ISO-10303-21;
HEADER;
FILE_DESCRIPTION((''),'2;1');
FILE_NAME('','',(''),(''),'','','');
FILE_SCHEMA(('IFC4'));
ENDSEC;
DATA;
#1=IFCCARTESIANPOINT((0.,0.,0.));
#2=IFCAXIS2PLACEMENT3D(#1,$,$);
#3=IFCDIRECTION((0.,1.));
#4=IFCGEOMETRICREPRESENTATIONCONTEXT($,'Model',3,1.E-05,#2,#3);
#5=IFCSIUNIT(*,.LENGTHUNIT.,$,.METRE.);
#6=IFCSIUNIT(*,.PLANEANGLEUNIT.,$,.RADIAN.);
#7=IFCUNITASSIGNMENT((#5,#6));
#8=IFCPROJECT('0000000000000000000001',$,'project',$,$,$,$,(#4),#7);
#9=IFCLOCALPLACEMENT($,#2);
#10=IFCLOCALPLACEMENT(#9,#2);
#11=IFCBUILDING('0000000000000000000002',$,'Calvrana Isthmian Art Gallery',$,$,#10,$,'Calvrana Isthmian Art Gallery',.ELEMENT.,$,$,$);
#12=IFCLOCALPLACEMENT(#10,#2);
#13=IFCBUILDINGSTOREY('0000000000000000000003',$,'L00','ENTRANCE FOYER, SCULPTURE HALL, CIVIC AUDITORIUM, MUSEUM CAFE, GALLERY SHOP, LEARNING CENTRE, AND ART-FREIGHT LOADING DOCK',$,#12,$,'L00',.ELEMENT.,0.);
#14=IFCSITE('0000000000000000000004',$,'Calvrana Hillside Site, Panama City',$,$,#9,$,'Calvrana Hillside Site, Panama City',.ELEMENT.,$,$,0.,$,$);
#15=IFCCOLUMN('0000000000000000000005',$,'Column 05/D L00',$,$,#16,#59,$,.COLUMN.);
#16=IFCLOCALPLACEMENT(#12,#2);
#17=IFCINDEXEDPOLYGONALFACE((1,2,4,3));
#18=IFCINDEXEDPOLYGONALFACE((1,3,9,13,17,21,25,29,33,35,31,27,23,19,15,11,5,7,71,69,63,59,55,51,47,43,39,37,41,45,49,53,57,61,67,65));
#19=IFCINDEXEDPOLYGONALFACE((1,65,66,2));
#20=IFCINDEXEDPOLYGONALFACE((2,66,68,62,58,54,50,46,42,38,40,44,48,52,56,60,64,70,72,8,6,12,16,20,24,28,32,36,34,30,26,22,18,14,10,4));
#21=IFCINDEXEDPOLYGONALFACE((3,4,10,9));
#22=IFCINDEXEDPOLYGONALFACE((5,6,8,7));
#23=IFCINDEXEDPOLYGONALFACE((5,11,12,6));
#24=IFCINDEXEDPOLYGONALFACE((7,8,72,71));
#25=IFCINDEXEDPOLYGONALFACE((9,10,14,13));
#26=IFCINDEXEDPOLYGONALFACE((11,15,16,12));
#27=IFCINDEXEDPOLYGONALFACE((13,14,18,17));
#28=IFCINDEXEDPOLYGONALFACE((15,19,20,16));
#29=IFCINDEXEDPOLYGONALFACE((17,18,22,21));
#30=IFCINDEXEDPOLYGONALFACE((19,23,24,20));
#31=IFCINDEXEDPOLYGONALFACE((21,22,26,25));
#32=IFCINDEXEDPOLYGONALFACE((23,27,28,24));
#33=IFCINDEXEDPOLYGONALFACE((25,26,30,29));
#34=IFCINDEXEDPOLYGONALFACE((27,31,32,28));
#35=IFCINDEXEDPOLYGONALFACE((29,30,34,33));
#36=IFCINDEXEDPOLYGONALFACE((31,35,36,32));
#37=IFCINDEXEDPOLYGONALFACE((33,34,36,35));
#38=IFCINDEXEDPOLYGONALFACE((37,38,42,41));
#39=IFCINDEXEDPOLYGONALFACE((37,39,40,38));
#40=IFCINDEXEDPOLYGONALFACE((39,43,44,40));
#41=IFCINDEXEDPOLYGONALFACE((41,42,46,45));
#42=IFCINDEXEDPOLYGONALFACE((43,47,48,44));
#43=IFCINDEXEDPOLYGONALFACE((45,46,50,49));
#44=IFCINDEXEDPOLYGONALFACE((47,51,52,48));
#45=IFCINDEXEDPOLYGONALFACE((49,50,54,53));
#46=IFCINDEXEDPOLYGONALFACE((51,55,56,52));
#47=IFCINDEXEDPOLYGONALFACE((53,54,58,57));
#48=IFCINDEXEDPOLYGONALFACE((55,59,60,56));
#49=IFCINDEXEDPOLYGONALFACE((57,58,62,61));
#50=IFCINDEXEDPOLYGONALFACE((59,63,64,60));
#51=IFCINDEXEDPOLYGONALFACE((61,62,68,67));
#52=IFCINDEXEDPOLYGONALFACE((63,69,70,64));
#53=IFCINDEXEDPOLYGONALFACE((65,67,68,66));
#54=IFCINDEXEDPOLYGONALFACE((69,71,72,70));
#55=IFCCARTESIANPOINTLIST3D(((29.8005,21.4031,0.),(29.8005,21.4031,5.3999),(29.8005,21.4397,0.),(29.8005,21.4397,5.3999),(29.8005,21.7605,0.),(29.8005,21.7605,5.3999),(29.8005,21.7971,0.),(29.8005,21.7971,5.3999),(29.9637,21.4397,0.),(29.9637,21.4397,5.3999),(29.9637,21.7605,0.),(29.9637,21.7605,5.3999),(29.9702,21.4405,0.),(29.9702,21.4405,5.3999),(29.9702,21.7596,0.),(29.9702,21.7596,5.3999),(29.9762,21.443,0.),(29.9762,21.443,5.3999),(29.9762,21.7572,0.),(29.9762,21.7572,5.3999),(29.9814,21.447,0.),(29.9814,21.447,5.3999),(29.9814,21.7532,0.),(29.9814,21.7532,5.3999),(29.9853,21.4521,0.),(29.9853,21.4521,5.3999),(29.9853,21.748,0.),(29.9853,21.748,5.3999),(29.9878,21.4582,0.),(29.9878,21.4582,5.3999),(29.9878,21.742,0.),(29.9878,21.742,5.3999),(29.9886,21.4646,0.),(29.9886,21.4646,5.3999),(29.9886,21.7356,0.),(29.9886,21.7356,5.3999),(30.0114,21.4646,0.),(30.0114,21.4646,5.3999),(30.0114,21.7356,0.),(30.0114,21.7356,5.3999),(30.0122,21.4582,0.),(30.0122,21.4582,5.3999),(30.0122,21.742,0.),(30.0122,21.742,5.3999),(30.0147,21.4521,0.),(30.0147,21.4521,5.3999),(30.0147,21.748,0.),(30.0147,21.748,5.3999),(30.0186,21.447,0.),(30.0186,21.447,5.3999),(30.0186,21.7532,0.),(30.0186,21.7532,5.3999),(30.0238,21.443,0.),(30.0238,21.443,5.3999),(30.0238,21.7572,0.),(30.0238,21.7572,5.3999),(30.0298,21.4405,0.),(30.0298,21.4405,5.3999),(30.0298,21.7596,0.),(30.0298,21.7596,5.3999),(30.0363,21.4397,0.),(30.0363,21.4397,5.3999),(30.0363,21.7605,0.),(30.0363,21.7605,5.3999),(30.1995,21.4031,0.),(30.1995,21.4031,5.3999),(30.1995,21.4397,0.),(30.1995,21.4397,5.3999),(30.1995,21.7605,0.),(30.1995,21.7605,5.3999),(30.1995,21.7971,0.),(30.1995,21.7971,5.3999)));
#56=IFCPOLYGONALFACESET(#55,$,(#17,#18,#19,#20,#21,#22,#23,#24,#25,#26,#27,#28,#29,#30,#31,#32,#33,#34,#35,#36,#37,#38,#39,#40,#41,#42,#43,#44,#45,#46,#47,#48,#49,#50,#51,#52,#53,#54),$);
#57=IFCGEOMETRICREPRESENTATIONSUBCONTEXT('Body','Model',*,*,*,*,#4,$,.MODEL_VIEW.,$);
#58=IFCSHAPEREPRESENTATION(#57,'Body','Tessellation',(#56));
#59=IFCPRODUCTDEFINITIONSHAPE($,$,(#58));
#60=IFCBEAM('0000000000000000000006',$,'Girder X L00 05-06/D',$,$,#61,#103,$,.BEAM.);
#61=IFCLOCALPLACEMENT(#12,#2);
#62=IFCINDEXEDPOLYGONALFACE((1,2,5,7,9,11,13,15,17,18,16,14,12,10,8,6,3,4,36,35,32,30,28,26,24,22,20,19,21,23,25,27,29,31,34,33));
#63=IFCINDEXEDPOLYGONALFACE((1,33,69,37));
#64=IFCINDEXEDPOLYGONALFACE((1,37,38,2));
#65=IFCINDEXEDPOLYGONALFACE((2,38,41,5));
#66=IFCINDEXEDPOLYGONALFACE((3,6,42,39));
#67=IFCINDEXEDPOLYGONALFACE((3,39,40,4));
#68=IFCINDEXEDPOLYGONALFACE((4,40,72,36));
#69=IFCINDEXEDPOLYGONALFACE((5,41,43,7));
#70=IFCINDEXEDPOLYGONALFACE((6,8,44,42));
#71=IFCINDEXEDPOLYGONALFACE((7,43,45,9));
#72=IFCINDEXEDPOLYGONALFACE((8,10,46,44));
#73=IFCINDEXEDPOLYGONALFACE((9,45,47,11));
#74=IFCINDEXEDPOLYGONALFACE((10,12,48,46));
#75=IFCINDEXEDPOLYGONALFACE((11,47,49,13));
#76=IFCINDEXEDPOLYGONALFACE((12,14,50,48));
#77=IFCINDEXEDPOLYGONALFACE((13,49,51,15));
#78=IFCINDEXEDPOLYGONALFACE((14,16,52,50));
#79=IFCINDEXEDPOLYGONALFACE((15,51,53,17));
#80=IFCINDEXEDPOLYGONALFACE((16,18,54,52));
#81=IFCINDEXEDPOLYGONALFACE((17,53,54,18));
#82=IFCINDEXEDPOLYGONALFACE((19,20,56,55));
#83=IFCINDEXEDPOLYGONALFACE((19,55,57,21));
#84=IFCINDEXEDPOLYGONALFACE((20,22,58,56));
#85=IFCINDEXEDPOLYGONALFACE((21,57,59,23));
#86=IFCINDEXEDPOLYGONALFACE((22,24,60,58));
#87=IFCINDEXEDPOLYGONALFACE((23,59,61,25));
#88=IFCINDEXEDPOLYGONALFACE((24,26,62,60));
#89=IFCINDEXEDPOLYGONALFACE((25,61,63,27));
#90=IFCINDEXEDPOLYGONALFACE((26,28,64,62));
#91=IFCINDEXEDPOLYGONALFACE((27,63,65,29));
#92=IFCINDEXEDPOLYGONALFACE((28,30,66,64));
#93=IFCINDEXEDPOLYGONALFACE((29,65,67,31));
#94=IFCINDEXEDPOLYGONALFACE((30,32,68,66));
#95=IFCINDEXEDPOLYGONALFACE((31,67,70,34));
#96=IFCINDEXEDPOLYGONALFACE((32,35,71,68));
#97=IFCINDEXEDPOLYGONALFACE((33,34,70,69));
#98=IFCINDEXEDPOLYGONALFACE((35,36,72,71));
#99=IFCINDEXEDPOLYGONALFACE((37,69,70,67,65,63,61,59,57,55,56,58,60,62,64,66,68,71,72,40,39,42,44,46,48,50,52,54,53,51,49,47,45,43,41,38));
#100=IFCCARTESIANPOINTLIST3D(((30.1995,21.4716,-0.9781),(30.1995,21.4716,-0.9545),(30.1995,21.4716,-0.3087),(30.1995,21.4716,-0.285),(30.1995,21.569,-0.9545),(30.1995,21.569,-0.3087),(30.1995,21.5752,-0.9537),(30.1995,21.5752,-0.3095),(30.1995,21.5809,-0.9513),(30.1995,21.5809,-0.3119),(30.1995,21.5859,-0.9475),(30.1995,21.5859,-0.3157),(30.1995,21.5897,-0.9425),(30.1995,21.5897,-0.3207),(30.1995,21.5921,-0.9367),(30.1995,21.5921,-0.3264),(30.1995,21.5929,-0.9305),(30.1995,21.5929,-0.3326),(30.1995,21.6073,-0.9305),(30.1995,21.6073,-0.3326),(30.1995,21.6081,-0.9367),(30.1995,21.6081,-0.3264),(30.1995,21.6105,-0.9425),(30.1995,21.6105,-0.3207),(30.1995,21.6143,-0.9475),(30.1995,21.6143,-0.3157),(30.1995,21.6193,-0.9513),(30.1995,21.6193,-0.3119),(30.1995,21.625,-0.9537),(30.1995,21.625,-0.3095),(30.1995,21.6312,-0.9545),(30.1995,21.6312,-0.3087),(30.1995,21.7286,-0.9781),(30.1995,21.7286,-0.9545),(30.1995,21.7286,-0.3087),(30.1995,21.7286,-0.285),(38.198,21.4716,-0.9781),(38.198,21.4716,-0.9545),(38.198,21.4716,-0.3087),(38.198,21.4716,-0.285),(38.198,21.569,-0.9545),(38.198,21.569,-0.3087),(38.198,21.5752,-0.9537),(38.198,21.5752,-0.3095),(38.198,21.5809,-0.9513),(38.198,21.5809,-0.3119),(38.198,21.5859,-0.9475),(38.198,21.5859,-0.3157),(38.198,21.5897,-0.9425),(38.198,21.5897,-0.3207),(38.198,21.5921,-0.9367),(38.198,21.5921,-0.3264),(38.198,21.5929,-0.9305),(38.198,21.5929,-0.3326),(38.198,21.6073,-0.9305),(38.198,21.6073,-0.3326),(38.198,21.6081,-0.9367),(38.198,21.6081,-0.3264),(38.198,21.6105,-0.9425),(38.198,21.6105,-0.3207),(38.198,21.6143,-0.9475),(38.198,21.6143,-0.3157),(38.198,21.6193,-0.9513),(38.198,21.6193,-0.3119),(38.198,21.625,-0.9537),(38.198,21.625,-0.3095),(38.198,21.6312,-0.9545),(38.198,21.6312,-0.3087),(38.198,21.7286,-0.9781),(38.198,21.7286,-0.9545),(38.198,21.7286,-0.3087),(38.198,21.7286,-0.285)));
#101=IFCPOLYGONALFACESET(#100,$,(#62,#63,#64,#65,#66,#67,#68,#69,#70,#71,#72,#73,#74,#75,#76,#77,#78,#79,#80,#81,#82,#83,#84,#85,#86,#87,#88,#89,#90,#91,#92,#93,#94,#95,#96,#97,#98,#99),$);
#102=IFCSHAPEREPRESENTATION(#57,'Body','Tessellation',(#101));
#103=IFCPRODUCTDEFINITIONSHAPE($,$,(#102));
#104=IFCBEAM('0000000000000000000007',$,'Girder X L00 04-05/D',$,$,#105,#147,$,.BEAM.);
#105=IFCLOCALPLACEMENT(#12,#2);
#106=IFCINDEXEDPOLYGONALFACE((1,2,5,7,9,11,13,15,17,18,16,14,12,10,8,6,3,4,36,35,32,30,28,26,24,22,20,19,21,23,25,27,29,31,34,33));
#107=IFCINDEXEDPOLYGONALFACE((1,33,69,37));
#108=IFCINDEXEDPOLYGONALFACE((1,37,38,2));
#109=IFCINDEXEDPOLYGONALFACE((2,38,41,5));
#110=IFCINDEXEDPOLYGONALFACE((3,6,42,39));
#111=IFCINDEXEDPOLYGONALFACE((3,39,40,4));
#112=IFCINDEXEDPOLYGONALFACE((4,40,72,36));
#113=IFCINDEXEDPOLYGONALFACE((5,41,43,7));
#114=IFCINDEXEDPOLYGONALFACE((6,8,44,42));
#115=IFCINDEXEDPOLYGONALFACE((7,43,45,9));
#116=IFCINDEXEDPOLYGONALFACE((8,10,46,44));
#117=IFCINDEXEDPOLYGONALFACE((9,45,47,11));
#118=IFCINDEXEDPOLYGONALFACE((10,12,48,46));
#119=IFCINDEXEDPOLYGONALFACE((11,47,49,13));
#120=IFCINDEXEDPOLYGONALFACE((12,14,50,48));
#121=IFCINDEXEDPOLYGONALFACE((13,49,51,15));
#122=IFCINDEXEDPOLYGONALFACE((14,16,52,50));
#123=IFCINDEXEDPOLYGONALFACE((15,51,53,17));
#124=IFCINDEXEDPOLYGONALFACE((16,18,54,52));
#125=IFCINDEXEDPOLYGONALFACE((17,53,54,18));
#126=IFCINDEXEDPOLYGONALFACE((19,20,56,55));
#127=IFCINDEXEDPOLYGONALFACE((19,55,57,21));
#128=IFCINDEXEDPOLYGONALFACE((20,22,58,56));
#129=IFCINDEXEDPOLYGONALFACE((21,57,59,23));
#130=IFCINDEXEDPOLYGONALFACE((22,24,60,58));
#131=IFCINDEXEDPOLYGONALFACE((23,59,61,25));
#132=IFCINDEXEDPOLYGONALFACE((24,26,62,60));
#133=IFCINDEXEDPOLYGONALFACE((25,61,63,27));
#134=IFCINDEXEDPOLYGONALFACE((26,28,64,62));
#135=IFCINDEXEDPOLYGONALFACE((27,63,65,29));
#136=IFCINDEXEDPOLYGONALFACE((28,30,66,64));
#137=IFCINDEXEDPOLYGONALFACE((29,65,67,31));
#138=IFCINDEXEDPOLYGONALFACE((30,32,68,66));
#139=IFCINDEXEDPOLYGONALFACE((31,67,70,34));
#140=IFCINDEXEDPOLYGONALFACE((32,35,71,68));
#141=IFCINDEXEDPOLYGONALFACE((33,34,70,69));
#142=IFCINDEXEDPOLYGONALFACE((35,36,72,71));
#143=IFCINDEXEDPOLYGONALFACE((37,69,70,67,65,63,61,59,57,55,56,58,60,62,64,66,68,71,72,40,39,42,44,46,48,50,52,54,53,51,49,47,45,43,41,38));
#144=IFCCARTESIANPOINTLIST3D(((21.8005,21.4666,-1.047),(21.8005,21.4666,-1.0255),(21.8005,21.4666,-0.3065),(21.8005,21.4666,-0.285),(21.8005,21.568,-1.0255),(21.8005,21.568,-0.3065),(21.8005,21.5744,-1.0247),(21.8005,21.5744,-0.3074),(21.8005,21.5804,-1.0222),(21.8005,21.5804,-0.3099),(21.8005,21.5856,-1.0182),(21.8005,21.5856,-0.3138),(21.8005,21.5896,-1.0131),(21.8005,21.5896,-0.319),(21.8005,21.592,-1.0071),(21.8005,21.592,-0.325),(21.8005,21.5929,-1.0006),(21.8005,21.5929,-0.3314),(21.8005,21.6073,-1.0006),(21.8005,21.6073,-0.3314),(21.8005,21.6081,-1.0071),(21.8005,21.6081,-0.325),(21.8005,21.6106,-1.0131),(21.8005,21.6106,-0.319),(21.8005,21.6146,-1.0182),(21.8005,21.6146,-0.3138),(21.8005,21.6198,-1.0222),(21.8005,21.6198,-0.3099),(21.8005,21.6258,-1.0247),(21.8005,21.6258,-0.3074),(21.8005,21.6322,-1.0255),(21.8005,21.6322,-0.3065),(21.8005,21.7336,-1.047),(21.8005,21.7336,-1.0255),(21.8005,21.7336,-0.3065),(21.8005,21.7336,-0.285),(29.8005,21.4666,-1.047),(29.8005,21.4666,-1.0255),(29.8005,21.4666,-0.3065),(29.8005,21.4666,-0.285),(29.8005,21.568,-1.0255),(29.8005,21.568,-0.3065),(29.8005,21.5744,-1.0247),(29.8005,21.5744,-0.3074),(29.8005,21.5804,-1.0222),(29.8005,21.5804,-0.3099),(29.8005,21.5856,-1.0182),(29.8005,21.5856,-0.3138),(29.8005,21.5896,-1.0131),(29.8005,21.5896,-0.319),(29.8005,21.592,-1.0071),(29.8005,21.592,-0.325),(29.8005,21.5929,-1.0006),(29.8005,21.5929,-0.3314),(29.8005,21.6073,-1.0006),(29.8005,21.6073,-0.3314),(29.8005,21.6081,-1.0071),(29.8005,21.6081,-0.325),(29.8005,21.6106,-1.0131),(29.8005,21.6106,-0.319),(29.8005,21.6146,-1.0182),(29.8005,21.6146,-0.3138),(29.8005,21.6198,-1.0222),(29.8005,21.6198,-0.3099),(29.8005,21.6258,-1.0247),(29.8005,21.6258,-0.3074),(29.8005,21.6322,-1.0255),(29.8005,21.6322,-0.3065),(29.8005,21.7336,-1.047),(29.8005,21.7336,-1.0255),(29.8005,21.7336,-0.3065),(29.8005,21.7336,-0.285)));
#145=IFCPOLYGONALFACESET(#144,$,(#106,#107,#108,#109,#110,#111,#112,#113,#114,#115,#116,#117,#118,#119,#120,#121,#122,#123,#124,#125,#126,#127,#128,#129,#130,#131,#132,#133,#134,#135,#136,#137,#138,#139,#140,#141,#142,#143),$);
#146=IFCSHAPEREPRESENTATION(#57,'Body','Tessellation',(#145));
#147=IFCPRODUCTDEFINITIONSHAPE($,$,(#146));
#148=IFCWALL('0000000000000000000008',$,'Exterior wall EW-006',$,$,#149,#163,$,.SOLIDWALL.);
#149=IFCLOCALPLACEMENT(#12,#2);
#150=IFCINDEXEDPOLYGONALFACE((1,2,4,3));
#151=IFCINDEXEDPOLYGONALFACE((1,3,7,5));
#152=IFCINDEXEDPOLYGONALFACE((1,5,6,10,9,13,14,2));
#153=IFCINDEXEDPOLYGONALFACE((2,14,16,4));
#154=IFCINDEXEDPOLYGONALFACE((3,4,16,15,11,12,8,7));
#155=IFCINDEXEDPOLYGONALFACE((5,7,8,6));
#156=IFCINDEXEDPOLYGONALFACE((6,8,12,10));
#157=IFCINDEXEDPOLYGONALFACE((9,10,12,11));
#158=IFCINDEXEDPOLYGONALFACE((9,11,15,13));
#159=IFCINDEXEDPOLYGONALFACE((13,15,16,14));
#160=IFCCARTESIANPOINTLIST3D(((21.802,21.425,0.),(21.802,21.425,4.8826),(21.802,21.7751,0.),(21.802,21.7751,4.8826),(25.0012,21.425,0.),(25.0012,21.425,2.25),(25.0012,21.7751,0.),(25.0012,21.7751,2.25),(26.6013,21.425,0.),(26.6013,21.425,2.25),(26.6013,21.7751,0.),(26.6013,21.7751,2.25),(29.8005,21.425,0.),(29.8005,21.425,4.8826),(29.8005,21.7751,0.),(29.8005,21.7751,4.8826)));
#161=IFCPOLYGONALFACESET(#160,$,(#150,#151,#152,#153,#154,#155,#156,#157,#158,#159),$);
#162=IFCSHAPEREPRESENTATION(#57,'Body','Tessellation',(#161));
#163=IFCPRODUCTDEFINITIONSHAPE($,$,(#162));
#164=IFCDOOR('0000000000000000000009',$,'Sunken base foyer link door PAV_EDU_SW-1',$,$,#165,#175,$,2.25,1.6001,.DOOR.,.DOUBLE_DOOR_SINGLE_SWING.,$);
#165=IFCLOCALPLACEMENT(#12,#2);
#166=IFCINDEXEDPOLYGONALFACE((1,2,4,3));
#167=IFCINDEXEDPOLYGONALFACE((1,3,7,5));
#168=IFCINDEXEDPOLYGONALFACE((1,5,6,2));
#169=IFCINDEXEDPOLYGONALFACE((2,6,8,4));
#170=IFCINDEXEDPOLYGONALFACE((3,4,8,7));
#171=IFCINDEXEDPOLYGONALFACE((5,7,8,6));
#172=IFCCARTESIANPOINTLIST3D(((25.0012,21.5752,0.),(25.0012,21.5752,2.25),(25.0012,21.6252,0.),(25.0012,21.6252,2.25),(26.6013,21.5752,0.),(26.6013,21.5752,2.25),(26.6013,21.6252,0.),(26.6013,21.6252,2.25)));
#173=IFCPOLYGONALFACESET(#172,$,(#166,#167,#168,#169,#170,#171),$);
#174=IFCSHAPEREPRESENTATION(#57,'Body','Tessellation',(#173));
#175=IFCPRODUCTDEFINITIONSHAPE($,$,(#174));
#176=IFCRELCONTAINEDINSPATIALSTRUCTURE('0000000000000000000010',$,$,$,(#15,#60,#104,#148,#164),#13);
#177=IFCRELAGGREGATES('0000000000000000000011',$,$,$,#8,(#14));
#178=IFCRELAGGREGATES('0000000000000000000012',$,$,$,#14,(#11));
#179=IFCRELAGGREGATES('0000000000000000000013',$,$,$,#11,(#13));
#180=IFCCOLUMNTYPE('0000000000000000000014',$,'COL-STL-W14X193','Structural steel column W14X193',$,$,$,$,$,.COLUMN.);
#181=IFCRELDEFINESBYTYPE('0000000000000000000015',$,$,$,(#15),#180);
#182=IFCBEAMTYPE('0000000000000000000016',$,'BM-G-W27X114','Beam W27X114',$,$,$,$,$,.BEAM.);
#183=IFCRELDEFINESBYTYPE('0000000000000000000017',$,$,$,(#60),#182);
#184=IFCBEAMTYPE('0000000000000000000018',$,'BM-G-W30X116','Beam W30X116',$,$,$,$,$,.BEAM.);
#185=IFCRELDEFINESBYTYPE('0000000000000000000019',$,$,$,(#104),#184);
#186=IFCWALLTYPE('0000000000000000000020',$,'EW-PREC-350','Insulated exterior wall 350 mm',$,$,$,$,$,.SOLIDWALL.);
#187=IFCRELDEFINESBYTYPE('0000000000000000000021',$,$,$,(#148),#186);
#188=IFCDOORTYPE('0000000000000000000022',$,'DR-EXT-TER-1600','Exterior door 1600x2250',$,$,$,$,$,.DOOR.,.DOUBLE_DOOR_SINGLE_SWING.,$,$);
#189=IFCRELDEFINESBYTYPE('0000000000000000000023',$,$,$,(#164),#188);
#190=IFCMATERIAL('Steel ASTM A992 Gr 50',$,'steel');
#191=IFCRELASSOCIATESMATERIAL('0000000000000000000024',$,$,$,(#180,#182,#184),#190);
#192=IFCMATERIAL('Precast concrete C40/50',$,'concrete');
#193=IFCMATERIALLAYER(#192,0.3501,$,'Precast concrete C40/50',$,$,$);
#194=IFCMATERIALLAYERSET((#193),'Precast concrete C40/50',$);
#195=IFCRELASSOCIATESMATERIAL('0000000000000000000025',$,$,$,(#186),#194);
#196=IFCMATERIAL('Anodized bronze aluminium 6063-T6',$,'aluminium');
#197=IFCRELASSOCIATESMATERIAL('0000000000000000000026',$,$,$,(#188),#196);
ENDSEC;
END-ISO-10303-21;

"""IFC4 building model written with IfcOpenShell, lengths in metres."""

from ifc_helpers import new_model, si_unit, direction, frame, frame_2d, origin, origin_2d, place, context, subcontext, project, spatial, rectangle, i_section, extrude, material, layer, layer_set, material_profile, profile_set, type_object, element, fill, save


model = new_model("IFC4")

# Units and contexts
model_context = context("Model", 3, precision=1e-05, world=origin(), true_north=direction((0.0, 1.0)))
body_context = subcontext(model_context, "Body", "Model", "MODEL_VIEW")
ifc_project = project(units=[si_unit("LENGTHUNIT", "METRE"), si_unit("PLANEANGLEUNIT", "RADIAN")], contexts=[model_context])

# Site, building, storey
site_placement = place(None, origin())
site = spatial("IfcSite", under=ifc_project, at=site_placement, Name="Calvrana Hillside Site, Panama City", LongName="Calvrana Hillside Site, Panama City", CompositionType="ELEMENT", RefElevation=0.0)
building_placement = place(site_placement, origin())
building = spatial("IfcBuilding", under=site, at=building_placement, Name="Calvrana Isthmian Art Gallery", LongName="Calvrana Isthmian Art Gallery", CompositionType="ELEMENT")
storey_placement = place(building_placement, origin())
storey = spatial("IfcBuildingStorey", under=building, at=storey_placement, Name="L00", Description="ENTRANCE FOYER, SCULPTURE HALL, CIVIC AUDITORIUM, MUSEUM CAFE, GALLERY SHOP, LEARNING CENTRE, AND ART-FREIGHT LOADING DOCK", LongName="L00", CompositionType="ELEMENT", Elevation=0.0)

# Column
ifc_material_1 = material(Name="Steel ASTM A992 Gr 50", Category="steel")
ifc_material_profile_1 = material_profile(ifc_material_1, i_section(OverallWidth=0.3989, OverallDepth=0.394, WebThickness=0.0227, FlangeThickness=0.0366, FilletRadius=0.0249, at=origin_2d()), Name="W14X193")
ifc_profile_set_1 = profile_set([ifc_material_profile_1], Name="Steel ASTM A992 Gr 50")
column_type = type_object("IfcColumnType", Name="COL-STL-W14X193", Description="Structural steel column W14X193", PredefinedType="COLUMN", material=ifc_profile_set_1)
column_placement = place(storey_placement, frame((30.0, 21.6001, 0.0), z_axis=(0.0, 0.0, 1.0), x_axis=(1.0, 0.0, 0.0)))
element("IfcColumn", 1, at=column_placement, inside=storey, type_object=column_type, Name="Column 05/D L00", PredefinedType="COLUMN", context=body_context, shape_type="SweptSolid", body=[
    extrude(i_section(OverallWidth=0.3989, OverallDepth=0.394, WebThickness=0.0227, FlangeThickness=0.0366, FilletRadius=0.0249, at=origin_2d()), origin(), (0.0, 0.0, 1.0), 5.3999),
])

# Beams
ifc_material_profile_2 = material_profile(ifc_material_1, i_section(OverallWidth=0.2571, OverallDepth=0.6931, WebThickness=0.0144, FlangeThickness=0.0237, FilletRadius=0.0239, at=origin_2d()), Name="W27X114")
ifc_profile_set_2 = profile_set([ifc_material_profile_2], Name="Steel ASTM A992 Gr 50")
beam_type_1 = type_object("IfcBeamType", Name="BM-G-W27X114", Description="Beam W27X114", PredefinedType="BEAM", material=ifc_profile_set_2)
beam_1_placement = place(storey_placement, frame((30.1995, 21.6001, -0.6316), z_axis=(1.0, 0.0, 0.0), x_axis=(0.0, 1.0, 0.0)))
element("IfcBeam", 2, at=beam_1_placement, inside=storey, type_object=beam_type_1, Name="Girder X L00 05-06/D", PredefinedType="BEAM", context=body_context, shape_type="SweptSolid", body=[
    extrude(i_section(OverallWidth=0.2571, OverallDepth=0.6931, WebThickness=0.0144, FlangeThickness=0.0237, FilletRadius=0.0239, at=origin_2d()), origin(), (0.0, 0.0, 1.0), 7.9985),
])
ifc_material_profile_3 = material_profile(ifc_material_1, i_section(OverallWidth=0.2671, OverallDepth=0.762, WebThickness=0.0144, FlangeThickness=0.0215, FilletRadius=0.0249, at=origin_2d()), Name="W30X116")
ifc_profile_set_3 = profile_set([ifc_material_profile_3], Name="Steel ASTM A992 Gr 50")
beam_type_2 = type_object("IfcBeamType", Name="BM-G-W30X116", Description="Beam W30X116", PredefinedType="BEAM", material=ifc_profile_set_3)
beam_2_placement = place(storey_placement, frame((21.8005, 21.6001, -0.666), z_axis=(1.0, 0.0, 0.0), x_axis=(0.0, 1.0, 0.0)))
element("IfcBeam", 3, at=beam_2_placement, inside=storey, type_object=beam_type_2, Name="Girder X L00 04-05/D", PredefinedType="BEAM", context=body_context, shape_type="SweptSolid", body=[
    extrude(i_section(OverallWidth=0.2671, OverallDepth=0.762, WebThickness=0.0144, FlangeThickness=0.0215, FilletRadius=0.0249, at=origin_2d()), origin(), (0.0, 0.0, 1.0), 8.0),
])

# Wall, opening, door
ifc_material_2 = material(Name="Precast concrete C40/50", Category="concrete")
ifc_layer_1 = layer(ifc_material_2, 0.3501, Name="Precast concrete C40/50")
ifc_layer_set_1 = layer_set([ifc_layer_1], Name="Precast concrete C40/50")
wall_type_1 = type_object("IfcWallType", Name="EW-PREC-350", Description="Insulated exterior wall 350 mm", PredefinedType="SOLIDWALL", material=ifc_layer_set_1)
wall_1_placement = place(storey_placement, frame((29.8005, 21.6001, 0.0), z_axis=(0.0, 0.0, 1.0), x_axis=(-1.0, 0.0, 0.0)))
wall_1 = element("IfcWall", 4, at=wall_1_placement, inside=storey, type_object=wall_type_1, Name="Exterior wall EW-006", PredefinedType="SOLIDWALL", context=body_context, shape_type="SweptSolid", body=[
    extrude(rectangle(XDim=7.9985, YDim=0.3501, at=frame_2d((3.9993, 0.0))), origin(), (0.0, 0.0, 1.0), 4.8826),
])
opening_1_placement = place(wall_1_placement, frame((3.1992, 0.0, 0.0)))
opening_1 = element("IfcOpeningElement", 5, at=opening_1_placement, cuts=wall_1, PredefinedType="OPENING", context=body_context, shape_type="SweptSolid", body=[
    extrude(rectangle(XDim=1.6001, YDim=2.25, at=frame_2d((0.8, 1.125))), frame((0.0, 0.1853, 0.0), z_axis=(0.0, -1.0, 0.0), x_axis=(1.0, 0.0, 0.0)), (0.0, 0.0, 1.0), 0.3706),
])
ifc_material_3 = material(Name="Anodized bronze aluminium 6063-T6", Category="aluminium")
door_type_1 = type_object("IfcDoorType", Name="DR-EXT-TER-1600", Description="Exterior door 1600x2250", OperationType="DOUBLE_DOOR_SINGLE_SWING", PredefinedType="DOOR", material=ifc_material_3)
door_1_placement = place(opening_1_placement, origin())
door_1 = element("IfcDoor", 6, at=door_1_placement, inside=storey, type_object=door_type_1, Name="Sunken base foyer link door PAV_EDU_SW-1", OperationType="DOUBLE_DOOR_SINGLE_SWING", OverallHeight=2.25, OverallWidth=1.6001, PredefinedType="DOOR", context=body_context, shape_type="SweptSolid", body=[
    extrude(rectangle(XDim=1.6001, YDim=2.25, at=frame_2d((0.8, 1.125))), frame((0.0, 0.0249, 0.0), z_axis=(0.0, -1.0, 0.0), x_axis=(1.0, 0.0, 0.0)), (0.0, 0.0, 1.0), 0.05),
])
fill(opening_1, door_1)

save(model, "model.ifc")
